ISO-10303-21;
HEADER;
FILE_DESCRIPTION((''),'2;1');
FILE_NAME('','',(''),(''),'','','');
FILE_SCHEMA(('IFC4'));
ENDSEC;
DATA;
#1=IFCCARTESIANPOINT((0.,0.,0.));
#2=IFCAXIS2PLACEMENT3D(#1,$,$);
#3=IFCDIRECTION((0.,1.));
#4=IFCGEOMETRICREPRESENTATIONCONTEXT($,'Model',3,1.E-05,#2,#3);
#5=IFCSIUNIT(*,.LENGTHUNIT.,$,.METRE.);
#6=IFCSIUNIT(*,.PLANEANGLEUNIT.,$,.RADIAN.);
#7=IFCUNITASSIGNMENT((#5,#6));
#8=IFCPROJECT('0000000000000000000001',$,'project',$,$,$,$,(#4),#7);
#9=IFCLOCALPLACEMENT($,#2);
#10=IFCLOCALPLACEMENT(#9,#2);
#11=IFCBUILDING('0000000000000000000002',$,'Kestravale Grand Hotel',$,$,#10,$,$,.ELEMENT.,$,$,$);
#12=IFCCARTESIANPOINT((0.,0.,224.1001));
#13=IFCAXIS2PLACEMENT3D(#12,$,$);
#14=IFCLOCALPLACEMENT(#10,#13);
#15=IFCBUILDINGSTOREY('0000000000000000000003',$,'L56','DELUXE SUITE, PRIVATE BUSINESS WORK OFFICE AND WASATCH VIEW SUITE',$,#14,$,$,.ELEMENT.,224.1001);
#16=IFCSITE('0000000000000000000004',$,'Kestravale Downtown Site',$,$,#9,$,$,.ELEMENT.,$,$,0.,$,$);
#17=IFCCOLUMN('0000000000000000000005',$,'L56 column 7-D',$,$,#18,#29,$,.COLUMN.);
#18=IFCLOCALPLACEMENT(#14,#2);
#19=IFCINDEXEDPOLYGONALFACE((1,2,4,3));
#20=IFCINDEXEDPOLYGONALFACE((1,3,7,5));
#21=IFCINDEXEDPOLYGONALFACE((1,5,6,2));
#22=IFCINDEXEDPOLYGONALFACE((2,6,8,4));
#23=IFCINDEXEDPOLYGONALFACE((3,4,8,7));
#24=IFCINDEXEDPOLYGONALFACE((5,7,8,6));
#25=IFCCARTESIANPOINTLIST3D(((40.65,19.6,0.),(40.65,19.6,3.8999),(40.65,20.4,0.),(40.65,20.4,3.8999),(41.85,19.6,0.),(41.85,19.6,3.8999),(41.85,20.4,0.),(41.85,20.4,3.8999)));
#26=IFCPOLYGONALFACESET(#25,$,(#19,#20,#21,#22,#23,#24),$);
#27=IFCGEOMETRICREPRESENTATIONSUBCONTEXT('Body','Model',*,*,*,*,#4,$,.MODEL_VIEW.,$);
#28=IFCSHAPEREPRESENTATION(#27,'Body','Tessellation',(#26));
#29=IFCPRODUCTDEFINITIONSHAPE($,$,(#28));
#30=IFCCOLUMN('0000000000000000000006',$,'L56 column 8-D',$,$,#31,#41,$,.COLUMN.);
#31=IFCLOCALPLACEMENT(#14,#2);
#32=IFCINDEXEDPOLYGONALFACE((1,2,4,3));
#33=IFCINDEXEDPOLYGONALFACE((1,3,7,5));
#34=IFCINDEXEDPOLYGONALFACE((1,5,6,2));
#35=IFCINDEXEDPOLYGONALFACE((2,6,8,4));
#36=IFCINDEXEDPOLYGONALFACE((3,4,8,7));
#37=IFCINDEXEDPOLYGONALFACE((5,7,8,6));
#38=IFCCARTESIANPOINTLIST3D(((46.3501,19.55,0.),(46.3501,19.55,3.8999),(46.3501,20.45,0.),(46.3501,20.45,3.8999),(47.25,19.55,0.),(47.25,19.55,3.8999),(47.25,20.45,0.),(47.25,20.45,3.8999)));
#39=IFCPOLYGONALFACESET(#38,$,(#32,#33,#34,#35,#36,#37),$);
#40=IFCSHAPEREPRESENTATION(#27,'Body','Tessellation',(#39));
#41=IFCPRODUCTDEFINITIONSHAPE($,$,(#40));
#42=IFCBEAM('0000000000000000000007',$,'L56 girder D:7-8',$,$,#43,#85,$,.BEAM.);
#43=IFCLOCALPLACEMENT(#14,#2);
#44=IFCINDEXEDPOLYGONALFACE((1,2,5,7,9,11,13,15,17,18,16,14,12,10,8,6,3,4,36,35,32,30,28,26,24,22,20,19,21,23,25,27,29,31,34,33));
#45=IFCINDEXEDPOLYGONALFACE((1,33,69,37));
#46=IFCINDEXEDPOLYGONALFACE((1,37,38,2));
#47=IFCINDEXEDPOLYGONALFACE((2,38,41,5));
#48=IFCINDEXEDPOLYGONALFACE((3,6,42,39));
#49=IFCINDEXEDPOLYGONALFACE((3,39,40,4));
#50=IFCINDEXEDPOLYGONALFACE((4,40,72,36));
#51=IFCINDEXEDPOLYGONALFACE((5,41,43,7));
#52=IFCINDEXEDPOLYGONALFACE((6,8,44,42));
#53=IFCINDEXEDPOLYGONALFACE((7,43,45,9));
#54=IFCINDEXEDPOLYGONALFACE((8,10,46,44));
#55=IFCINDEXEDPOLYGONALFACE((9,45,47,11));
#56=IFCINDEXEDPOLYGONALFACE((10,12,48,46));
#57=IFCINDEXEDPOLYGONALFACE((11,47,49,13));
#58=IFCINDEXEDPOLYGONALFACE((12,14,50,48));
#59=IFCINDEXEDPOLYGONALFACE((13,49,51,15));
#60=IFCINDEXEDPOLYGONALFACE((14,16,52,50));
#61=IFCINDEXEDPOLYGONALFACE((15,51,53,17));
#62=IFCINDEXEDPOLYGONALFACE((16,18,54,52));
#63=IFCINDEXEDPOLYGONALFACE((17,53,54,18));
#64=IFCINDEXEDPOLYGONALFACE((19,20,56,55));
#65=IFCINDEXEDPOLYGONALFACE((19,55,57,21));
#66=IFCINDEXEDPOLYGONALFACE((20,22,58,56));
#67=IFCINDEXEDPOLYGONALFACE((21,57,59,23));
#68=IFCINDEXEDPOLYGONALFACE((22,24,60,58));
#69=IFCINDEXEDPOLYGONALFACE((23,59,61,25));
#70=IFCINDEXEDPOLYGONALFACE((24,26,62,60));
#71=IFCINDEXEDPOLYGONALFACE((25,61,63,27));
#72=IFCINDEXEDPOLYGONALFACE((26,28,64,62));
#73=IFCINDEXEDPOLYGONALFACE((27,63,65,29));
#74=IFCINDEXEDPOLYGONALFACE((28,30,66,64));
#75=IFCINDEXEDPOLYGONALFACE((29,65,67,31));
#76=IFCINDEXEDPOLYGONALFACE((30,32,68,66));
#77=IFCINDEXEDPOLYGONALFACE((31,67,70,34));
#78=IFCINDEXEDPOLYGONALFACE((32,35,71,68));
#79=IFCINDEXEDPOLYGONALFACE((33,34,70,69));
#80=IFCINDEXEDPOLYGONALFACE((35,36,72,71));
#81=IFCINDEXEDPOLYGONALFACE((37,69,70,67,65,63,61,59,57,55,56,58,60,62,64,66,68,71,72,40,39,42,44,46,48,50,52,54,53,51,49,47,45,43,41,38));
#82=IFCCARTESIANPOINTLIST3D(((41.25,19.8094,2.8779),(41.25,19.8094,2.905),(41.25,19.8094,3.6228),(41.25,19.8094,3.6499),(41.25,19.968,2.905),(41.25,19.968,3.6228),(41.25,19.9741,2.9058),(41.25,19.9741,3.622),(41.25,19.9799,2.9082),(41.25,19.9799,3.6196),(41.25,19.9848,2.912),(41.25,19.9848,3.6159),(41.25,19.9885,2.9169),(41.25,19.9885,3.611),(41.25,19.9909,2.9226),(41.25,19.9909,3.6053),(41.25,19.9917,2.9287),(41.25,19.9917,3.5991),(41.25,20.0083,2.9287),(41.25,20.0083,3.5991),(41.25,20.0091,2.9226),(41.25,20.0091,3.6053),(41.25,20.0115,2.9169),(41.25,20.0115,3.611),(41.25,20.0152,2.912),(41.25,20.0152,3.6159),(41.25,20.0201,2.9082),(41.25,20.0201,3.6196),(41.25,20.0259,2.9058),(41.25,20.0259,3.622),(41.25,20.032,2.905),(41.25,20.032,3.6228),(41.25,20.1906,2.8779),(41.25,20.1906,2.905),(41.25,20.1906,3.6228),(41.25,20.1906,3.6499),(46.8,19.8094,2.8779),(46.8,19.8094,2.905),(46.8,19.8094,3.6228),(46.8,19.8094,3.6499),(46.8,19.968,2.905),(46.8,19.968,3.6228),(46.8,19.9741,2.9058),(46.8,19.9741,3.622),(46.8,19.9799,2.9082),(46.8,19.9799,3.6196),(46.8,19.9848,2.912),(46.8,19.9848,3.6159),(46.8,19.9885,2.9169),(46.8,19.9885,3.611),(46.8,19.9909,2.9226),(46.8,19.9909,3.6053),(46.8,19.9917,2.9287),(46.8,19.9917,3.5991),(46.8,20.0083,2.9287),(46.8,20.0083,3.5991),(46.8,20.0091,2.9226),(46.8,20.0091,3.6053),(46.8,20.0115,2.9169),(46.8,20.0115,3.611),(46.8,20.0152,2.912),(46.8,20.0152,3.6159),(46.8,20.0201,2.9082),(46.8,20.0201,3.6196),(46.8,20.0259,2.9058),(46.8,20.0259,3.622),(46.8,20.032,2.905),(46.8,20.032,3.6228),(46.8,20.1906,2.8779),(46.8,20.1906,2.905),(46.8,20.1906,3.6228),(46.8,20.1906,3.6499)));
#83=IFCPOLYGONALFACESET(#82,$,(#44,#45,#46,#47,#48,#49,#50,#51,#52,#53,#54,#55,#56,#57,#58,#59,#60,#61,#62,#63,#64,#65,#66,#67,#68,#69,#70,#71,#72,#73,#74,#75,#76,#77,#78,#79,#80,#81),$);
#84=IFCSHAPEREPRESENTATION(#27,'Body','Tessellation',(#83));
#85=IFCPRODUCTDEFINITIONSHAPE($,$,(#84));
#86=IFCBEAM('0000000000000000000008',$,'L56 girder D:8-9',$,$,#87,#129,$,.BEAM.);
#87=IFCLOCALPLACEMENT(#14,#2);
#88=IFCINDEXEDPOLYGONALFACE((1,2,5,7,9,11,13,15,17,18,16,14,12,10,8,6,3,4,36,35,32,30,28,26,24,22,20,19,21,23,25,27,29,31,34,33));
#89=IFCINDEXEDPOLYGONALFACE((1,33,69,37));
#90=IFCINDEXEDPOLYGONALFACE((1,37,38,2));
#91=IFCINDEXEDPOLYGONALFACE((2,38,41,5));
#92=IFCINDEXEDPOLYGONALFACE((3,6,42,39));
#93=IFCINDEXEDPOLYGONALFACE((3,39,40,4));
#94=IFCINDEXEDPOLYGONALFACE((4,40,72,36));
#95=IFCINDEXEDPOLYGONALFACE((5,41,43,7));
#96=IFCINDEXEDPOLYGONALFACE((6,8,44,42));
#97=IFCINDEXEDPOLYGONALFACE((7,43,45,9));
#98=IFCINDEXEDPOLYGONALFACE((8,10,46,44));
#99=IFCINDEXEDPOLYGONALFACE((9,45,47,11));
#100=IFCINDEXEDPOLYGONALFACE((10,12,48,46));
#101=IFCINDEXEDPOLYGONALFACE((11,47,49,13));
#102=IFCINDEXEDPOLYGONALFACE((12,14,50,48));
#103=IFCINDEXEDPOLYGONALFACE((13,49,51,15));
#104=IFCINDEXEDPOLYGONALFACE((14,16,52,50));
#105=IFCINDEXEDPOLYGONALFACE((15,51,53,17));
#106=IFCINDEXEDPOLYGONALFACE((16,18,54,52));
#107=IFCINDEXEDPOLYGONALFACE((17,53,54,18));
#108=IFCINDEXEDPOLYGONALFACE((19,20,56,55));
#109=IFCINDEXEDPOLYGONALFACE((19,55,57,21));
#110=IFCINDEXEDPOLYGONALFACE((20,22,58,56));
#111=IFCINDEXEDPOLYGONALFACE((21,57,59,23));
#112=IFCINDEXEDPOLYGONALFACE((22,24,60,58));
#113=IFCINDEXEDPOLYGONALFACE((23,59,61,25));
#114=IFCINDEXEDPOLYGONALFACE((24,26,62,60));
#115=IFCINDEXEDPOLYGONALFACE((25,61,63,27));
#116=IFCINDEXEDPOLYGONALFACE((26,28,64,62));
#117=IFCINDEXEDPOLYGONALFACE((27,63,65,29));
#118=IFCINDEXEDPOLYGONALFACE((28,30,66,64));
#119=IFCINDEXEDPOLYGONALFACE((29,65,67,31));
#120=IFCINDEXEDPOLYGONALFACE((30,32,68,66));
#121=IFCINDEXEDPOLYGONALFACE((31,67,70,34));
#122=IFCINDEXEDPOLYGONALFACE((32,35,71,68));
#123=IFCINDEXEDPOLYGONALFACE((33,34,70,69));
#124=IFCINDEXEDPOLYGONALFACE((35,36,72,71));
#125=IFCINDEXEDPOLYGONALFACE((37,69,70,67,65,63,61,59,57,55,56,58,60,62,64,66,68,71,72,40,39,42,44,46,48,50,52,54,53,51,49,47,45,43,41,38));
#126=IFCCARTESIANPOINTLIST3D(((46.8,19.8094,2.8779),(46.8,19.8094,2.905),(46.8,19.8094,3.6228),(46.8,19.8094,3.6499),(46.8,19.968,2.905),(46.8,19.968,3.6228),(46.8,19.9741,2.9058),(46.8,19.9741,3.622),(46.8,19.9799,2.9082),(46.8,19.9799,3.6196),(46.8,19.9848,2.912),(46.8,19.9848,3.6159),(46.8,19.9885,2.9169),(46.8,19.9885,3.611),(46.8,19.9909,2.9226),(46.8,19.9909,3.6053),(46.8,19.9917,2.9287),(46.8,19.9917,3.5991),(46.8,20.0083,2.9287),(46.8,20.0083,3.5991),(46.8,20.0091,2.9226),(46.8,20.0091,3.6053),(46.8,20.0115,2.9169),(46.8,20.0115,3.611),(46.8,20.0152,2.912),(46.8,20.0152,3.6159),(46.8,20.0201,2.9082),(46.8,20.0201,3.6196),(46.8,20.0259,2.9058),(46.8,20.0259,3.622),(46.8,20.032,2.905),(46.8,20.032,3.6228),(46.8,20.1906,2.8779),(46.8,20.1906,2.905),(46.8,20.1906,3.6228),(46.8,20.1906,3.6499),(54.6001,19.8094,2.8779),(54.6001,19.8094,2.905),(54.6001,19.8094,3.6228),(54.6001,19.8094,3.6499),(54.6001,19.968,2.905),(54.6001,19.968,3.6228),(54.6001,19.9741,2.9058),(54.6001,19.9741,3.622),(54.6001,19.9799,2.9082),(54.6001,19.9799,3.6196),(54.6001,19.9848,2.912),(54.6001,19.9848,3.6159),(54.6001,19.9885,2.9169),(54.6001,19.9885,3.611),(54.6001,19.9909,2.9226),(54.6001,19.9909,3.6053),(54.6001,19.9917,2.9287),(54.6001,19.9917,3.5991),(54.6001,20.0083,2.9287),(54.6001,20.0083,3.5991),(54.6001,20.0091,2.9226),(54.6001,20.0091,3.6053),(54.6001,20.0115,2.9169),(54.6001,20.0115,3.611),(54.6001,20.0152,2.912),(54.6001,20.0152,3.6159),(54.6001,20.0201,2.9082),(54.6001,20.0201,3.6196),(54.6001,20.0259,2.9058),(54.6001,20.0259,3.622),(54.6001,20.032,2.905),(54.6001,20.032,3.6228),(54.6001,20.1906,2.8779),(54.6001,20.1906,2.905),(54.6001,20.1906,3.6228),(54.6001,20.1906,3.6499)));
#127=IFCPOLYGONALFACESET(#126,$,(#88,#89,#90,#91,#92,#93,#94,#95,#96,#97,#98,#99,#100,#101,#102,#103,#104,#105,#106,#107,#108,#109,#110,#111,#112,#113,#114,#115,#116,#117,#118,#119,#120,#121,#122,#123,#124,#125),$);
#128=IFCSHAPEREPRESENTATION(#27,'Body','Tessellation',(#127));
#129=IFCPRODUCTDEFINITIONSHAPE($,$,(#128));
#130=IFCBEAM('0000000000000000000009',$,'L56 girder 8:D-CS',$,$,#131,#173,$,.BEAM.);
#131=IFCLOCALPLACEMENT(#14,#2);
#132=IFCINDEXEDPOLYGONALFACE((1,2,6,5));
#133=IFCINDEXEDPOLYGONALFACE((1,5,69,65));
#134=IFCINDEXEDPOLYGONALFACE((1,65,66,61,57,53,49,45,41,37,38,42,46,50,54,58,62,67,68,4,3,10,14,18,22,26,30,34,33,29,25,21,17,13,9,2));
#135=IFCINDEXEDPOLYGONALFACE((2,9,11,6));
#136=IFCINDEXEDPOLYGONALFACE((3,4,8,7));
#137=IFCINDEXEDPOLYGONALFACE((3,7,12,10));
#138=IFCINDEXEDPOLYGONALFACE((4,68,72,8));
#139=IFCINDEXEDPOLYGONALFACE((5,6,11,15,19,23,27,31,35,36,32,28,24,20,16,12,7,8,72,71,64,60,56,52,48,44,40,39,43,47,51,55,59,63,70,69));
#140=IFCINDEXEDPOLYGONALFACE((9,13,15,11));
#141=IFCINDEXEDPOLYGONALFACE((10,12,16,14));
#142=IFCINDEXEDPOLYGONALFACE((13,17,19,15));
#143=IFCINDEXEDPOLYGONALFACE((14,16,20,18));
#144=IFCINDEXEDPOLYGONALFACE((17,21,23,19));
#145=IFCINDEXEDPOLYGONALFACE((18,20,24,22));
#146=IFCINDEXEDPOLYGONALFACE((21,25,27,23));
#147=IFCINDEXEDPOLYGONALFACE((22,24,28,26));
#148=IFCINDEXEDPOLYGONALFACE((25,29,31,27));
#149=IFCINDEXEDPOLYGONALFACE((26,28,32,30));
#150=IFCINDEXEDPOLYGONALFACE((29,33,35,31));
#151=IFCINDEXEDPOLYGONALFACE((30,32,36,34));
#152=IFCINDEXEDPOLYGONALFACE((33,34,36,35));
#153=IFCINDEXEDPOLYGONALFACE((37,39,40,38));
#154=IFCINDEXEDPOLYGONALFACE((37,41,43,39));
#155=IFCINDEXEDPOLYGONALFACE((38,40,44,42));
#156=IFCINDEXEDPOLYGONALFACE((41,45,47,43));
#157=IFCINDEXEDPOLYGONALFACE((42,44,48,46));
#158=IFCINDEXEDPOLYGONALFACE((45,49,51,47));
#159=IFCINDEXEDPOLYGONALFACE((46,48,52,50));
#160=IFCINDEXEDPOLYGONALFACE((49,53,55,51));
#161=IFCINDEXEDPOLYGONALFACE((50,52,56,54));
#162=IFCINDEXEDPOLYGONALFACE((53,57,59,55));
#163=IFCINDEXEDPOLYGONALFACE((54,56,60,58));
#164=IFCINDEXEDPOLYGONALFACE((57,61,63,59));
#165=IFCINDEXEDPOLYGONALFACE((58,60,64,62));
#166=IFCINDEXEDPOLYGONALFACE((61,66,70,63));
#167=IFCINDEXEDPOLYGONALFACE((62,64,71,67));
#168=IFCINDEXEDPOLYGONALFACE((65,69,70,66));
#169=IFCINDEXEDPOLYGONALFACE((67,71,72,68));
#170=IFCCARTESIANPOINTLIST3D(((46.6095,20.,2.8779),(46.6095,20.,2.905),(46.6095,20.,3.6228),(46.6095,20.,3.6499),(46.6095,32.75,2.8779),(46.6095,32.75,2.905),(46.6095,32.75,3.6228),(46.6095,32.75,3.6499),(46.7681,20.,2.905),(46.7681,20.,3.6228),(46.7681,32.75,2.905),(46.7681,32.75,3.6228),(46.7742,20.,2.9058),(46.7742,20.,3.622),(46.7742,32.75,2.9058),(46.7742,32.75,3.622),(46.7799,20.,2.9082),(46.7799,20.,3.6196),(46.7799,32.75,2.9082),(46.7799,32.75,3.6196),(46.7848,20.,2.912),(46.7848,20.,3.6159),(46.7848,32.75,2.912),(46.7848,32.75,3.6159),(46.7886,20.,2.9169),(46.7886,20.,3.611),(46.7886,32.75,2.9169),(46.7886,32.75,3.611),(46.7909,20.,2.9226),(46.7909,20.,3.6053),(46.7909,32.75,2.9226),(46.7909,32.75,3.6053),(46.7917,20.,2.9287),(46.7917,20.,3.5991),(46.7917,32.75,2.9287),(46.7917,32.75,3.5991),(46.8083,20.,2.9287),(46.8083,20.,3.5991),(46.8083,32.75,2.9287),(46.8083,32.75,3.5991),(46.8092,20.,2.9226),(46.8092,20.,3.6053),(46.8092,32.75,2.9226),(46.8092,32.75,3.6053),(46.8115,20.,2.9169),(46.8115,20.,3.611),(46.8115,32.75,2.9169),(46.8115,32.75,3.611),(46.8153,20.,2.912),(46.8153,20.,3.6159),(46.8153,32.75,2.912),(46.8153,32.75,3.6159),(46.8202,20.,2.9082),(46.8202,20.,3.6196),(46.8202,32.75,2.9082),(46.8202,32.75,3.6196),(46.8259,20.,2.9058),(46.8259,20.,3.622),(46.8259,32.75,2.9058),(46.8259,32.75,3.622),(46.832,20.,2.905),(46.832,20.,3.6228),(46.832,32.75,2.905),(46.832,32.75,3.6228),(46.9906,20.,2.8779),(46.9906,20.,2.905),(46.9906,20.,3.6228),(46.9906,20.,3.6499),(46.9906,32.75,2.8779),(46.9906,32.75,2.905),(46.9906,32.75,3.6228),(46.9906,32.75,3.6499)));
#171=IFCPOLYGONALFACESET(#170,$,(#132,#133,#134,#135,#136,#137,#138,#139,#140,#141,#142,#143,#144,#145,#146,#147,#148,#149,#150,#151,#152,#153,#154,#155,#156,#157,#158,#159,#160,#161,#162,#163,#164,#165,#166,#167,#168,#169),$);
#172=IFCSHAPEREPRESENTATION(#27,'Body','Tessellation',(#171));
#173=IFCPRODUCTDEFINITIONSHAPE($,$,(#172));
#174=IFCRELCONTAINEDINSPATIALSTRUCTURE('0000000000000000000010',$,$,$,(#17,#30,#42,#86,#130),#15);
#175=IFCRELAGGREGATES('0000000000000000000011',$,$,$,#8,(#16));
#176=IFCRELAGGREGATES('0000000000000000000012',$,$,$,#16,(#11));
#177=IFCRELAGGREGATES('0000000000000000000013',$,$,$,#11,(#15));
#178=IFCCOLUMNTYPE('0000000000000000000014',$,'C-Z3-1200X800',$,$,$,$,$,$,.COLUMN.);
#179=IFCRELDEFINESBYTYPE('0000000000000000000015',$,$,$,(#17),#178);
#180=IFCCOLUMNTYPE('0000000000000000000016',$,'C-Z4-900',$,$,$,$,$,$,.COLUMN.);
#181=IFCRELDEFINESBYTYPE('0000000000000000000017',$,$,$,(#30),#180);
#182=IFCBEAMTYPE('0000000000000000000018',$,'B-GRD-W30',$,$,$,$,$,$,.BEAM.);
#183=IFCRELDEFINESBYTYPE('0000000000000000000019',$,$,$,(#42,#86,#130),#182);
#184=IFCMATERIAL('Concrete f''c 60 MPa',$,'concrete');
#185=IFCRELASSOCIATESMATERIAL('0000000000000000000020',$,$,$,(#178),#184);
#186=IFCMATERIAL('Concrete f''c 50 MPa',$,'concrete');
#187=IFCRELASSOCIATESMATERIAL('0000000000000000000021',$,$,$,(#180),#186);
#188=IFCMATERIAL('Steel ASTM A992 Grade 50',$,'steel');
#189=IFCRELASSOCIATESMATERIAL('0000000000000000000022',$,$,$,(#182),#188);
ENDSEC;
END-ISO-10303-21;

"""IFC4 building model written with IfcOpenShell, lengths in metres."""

from ifc_helpers import new_model, si_unit, direction, frame, origin, origin_2d, place, context, subcontext, project, spatial, rectangle, i_section, extrude, material, material_profile, profile_set, type_object, element, save


model = new_model("IFC4")

# Units and contexts
model_context = context("Model", 3, precision=1e-05, world=origin(), true_north=direction((0.0, 1.0)))
body_context = subcontext(model_context, "Body", "Model", "MODEL_VIEW")
ifc_project = project(units=[si_unit("LENGTHUNIT", "METRE"), si_unit("PLANEANGLEUNIT", "RADIAN")], contexts=[model_context])

# Site, building, storey
site_placement = place(None, origin())
site = spatial("IfcSite", under=ifc_project, at=site_placement, Name="Kestravale Downtown Site", CompositionType="ELEMENT", RefElevation=0.0)
building_placement = place(site_placement, origin())
building = spatial("IfcBuilding", under=site, at=building_placement, Name="Kestravale Grand Hotel", CompositionType="ELEMENT")
storey_placement = place(building_placement, frame((0.0, 0.0, 224.1001)))
storey = spatial("IfcBuildingStorey", under=building, at=storey_placement, Name="L56", Description="DELUXE SUITE, PRIVATE BUSINESS WORK OFFICE AND WASATCH VIEW SUITE", CompositionType="ELEMENT", Elevation=224.1001)

# Columns
ifc_material_1 = material(Name="Concrete f'c 60 MPa", Category="concrete")
ifc_material_profile_1 = material_profile(ifc_material_1, rectangle(XDim=1.2, YDim=0.8, at=origin_2d()))
ifc_profile_set_1 = profile_set([ifc_material_profile_1], Name="Concrete f'c 60 MPa")
column_type_1 = type_object("IfcColumnType", Name="C-Z3-1200X800", PredefinedType="COLUMN", material=ifc_profile_set_1)
column_1_placement = place(storey_placement, frame((41.25, 20.0, 0.0), z_axis=(0.0, 0.0, 1.0), x_axis=(1.0, 0.0, 0.0)))
element("IfcColumn", 1, at=column_1_placement, inside=storey, type_object=column_type_1, Name="L56 column 7-D", PredefinedType="COLUMN", context=body_context, shape_type="SweptSolid", body=[
    extrude(rectangle(XDim=1.2, YDim=0.8, at=origin_2d()), origin(), (0.0, 0.0, 1.0), 3.8999),
])
ifc_material_2 = material(Name="Concrete f'c 50 MPa", Category="concrete")
ifc_material_profile_2 = material_profile(ifc_material_2, rectangle(XDim=0.8999, YDim=0.8999, at=origin_2d()))
ifc_profile_set_2 = profile_set([ifc_material_profile_2], Name="Concrete f'c 50 MPa")
column_type_2 = type_object("IfcColumnType", Name="C-Z4-900", PredefinedType="COLUMN", material=ifc_profile_set_2)
column_2_placement = place(storey_placement, frame((46.8, 20.0, 0.0), z_axis=(0.0, 0.0, 1.0), x_axis=(1.0, 0.0, 0.0)))
element("IfcColumn", 2, at=column_2_placement, inside=storey, type_object=column_type_2, Name="L56 column 8-D", PredefinedType="COLUMN", context=body_context, shape_type="SweptSolid", body=[
    extrude(rectangle(XDim=0.8999, YDim=0.8999, at=origin_2d()), origin(), (0.0, 0.0, 1.0), 3.8999),
])

# Beams
ifc_material_3 = material(Name="Steel ASTM A992 Grade 50", Category="steel")
ifc_material_profile_3 = material_profile(ifc_material_3, i_section(OverallWidth=0.3811, OverallDepth=0.772, WebThickness=0.0166, FlangeThickness=0.0271, FilletRadius=0.0237, at=origin_2d()))
ifc_profile_set_3 = profile_set([ifc_material_profile_3], Name="Steel ASTM A992 Grade 50")
beam_type = type_object("IfcBeamType", Name="B-GRD-W30", PredefinedType="BEAM", material=ifc_profile_set_3)
beam_1_placement = place(storey_placement, frame((41.25, 20.0, 3.2639), z_axis=(1.0, 0.0, 0.0), x_axis=(0.0, 1.0, 0.0)))
element("IfcBeam", 3, at=beam_1_placement, inside=storey, type_object=beam_type, Name="L56 girder D:7-8", PredefinedType="BEAM", context=body_context, shape_type="SweptSolid", body=[
    extrude(i_section(OverallWidth=0.3811, OverallDepth=0.772, WebThickness=0.0166, FlangeThickness=0.0271, FilletRadius=0.0237, at=origin_2d()), origin(), (0.0, 0.0, 1.0), 5.55),
])
beam_2_placement = place(storey_placement, frame((46.8, 20.0, 3.2639), z_axis=(1.0, 0.0, 0.0), x_axis=(0.0, 1.0, 0.0)))
element("IfcBeam", 4, at=beam_2_placement, inside=storey, type_object=beam_type, Name="L56 girder D:8-9", PredefinedType="BEAM", context=body_context, shape_type="SweptSolid", body=[
    extrude(i_section(OverallWidth=0.3811, OverallDepth=0.772, WebThickness=0.0166, FlangeThickness=0.0271, FilletRadius=0.0237, at=origin_2d()), origin(), (0.0, 0.0, 1.0), 7.8),
])
beam_3_placement = place(storey_placement, frame((46.8, 20.0, 3.2639), z_axis=(0.0, 1.0, 0.0), x_axis=(-1.0, 0.0, 0.0)))
element("IfcBeam", 5, at=beam_3_placement, inside=storey, type_object=beam_type, Name="L56 girder 8:D-CS", PredefinedType="BEAM", context=body_context, shape_type="SweptSolid", body=[
    extrude(i_section(OverallWidth=0.3811, OverallDepth=0.772, WebThickness=0.0166, FlangeThickness=0.0271, FilletRadius=0.0237, at=origin_2d()), origin(), (0.0, 0.0, 1.0), 12.75),
])

save(model, "model.ifc")
